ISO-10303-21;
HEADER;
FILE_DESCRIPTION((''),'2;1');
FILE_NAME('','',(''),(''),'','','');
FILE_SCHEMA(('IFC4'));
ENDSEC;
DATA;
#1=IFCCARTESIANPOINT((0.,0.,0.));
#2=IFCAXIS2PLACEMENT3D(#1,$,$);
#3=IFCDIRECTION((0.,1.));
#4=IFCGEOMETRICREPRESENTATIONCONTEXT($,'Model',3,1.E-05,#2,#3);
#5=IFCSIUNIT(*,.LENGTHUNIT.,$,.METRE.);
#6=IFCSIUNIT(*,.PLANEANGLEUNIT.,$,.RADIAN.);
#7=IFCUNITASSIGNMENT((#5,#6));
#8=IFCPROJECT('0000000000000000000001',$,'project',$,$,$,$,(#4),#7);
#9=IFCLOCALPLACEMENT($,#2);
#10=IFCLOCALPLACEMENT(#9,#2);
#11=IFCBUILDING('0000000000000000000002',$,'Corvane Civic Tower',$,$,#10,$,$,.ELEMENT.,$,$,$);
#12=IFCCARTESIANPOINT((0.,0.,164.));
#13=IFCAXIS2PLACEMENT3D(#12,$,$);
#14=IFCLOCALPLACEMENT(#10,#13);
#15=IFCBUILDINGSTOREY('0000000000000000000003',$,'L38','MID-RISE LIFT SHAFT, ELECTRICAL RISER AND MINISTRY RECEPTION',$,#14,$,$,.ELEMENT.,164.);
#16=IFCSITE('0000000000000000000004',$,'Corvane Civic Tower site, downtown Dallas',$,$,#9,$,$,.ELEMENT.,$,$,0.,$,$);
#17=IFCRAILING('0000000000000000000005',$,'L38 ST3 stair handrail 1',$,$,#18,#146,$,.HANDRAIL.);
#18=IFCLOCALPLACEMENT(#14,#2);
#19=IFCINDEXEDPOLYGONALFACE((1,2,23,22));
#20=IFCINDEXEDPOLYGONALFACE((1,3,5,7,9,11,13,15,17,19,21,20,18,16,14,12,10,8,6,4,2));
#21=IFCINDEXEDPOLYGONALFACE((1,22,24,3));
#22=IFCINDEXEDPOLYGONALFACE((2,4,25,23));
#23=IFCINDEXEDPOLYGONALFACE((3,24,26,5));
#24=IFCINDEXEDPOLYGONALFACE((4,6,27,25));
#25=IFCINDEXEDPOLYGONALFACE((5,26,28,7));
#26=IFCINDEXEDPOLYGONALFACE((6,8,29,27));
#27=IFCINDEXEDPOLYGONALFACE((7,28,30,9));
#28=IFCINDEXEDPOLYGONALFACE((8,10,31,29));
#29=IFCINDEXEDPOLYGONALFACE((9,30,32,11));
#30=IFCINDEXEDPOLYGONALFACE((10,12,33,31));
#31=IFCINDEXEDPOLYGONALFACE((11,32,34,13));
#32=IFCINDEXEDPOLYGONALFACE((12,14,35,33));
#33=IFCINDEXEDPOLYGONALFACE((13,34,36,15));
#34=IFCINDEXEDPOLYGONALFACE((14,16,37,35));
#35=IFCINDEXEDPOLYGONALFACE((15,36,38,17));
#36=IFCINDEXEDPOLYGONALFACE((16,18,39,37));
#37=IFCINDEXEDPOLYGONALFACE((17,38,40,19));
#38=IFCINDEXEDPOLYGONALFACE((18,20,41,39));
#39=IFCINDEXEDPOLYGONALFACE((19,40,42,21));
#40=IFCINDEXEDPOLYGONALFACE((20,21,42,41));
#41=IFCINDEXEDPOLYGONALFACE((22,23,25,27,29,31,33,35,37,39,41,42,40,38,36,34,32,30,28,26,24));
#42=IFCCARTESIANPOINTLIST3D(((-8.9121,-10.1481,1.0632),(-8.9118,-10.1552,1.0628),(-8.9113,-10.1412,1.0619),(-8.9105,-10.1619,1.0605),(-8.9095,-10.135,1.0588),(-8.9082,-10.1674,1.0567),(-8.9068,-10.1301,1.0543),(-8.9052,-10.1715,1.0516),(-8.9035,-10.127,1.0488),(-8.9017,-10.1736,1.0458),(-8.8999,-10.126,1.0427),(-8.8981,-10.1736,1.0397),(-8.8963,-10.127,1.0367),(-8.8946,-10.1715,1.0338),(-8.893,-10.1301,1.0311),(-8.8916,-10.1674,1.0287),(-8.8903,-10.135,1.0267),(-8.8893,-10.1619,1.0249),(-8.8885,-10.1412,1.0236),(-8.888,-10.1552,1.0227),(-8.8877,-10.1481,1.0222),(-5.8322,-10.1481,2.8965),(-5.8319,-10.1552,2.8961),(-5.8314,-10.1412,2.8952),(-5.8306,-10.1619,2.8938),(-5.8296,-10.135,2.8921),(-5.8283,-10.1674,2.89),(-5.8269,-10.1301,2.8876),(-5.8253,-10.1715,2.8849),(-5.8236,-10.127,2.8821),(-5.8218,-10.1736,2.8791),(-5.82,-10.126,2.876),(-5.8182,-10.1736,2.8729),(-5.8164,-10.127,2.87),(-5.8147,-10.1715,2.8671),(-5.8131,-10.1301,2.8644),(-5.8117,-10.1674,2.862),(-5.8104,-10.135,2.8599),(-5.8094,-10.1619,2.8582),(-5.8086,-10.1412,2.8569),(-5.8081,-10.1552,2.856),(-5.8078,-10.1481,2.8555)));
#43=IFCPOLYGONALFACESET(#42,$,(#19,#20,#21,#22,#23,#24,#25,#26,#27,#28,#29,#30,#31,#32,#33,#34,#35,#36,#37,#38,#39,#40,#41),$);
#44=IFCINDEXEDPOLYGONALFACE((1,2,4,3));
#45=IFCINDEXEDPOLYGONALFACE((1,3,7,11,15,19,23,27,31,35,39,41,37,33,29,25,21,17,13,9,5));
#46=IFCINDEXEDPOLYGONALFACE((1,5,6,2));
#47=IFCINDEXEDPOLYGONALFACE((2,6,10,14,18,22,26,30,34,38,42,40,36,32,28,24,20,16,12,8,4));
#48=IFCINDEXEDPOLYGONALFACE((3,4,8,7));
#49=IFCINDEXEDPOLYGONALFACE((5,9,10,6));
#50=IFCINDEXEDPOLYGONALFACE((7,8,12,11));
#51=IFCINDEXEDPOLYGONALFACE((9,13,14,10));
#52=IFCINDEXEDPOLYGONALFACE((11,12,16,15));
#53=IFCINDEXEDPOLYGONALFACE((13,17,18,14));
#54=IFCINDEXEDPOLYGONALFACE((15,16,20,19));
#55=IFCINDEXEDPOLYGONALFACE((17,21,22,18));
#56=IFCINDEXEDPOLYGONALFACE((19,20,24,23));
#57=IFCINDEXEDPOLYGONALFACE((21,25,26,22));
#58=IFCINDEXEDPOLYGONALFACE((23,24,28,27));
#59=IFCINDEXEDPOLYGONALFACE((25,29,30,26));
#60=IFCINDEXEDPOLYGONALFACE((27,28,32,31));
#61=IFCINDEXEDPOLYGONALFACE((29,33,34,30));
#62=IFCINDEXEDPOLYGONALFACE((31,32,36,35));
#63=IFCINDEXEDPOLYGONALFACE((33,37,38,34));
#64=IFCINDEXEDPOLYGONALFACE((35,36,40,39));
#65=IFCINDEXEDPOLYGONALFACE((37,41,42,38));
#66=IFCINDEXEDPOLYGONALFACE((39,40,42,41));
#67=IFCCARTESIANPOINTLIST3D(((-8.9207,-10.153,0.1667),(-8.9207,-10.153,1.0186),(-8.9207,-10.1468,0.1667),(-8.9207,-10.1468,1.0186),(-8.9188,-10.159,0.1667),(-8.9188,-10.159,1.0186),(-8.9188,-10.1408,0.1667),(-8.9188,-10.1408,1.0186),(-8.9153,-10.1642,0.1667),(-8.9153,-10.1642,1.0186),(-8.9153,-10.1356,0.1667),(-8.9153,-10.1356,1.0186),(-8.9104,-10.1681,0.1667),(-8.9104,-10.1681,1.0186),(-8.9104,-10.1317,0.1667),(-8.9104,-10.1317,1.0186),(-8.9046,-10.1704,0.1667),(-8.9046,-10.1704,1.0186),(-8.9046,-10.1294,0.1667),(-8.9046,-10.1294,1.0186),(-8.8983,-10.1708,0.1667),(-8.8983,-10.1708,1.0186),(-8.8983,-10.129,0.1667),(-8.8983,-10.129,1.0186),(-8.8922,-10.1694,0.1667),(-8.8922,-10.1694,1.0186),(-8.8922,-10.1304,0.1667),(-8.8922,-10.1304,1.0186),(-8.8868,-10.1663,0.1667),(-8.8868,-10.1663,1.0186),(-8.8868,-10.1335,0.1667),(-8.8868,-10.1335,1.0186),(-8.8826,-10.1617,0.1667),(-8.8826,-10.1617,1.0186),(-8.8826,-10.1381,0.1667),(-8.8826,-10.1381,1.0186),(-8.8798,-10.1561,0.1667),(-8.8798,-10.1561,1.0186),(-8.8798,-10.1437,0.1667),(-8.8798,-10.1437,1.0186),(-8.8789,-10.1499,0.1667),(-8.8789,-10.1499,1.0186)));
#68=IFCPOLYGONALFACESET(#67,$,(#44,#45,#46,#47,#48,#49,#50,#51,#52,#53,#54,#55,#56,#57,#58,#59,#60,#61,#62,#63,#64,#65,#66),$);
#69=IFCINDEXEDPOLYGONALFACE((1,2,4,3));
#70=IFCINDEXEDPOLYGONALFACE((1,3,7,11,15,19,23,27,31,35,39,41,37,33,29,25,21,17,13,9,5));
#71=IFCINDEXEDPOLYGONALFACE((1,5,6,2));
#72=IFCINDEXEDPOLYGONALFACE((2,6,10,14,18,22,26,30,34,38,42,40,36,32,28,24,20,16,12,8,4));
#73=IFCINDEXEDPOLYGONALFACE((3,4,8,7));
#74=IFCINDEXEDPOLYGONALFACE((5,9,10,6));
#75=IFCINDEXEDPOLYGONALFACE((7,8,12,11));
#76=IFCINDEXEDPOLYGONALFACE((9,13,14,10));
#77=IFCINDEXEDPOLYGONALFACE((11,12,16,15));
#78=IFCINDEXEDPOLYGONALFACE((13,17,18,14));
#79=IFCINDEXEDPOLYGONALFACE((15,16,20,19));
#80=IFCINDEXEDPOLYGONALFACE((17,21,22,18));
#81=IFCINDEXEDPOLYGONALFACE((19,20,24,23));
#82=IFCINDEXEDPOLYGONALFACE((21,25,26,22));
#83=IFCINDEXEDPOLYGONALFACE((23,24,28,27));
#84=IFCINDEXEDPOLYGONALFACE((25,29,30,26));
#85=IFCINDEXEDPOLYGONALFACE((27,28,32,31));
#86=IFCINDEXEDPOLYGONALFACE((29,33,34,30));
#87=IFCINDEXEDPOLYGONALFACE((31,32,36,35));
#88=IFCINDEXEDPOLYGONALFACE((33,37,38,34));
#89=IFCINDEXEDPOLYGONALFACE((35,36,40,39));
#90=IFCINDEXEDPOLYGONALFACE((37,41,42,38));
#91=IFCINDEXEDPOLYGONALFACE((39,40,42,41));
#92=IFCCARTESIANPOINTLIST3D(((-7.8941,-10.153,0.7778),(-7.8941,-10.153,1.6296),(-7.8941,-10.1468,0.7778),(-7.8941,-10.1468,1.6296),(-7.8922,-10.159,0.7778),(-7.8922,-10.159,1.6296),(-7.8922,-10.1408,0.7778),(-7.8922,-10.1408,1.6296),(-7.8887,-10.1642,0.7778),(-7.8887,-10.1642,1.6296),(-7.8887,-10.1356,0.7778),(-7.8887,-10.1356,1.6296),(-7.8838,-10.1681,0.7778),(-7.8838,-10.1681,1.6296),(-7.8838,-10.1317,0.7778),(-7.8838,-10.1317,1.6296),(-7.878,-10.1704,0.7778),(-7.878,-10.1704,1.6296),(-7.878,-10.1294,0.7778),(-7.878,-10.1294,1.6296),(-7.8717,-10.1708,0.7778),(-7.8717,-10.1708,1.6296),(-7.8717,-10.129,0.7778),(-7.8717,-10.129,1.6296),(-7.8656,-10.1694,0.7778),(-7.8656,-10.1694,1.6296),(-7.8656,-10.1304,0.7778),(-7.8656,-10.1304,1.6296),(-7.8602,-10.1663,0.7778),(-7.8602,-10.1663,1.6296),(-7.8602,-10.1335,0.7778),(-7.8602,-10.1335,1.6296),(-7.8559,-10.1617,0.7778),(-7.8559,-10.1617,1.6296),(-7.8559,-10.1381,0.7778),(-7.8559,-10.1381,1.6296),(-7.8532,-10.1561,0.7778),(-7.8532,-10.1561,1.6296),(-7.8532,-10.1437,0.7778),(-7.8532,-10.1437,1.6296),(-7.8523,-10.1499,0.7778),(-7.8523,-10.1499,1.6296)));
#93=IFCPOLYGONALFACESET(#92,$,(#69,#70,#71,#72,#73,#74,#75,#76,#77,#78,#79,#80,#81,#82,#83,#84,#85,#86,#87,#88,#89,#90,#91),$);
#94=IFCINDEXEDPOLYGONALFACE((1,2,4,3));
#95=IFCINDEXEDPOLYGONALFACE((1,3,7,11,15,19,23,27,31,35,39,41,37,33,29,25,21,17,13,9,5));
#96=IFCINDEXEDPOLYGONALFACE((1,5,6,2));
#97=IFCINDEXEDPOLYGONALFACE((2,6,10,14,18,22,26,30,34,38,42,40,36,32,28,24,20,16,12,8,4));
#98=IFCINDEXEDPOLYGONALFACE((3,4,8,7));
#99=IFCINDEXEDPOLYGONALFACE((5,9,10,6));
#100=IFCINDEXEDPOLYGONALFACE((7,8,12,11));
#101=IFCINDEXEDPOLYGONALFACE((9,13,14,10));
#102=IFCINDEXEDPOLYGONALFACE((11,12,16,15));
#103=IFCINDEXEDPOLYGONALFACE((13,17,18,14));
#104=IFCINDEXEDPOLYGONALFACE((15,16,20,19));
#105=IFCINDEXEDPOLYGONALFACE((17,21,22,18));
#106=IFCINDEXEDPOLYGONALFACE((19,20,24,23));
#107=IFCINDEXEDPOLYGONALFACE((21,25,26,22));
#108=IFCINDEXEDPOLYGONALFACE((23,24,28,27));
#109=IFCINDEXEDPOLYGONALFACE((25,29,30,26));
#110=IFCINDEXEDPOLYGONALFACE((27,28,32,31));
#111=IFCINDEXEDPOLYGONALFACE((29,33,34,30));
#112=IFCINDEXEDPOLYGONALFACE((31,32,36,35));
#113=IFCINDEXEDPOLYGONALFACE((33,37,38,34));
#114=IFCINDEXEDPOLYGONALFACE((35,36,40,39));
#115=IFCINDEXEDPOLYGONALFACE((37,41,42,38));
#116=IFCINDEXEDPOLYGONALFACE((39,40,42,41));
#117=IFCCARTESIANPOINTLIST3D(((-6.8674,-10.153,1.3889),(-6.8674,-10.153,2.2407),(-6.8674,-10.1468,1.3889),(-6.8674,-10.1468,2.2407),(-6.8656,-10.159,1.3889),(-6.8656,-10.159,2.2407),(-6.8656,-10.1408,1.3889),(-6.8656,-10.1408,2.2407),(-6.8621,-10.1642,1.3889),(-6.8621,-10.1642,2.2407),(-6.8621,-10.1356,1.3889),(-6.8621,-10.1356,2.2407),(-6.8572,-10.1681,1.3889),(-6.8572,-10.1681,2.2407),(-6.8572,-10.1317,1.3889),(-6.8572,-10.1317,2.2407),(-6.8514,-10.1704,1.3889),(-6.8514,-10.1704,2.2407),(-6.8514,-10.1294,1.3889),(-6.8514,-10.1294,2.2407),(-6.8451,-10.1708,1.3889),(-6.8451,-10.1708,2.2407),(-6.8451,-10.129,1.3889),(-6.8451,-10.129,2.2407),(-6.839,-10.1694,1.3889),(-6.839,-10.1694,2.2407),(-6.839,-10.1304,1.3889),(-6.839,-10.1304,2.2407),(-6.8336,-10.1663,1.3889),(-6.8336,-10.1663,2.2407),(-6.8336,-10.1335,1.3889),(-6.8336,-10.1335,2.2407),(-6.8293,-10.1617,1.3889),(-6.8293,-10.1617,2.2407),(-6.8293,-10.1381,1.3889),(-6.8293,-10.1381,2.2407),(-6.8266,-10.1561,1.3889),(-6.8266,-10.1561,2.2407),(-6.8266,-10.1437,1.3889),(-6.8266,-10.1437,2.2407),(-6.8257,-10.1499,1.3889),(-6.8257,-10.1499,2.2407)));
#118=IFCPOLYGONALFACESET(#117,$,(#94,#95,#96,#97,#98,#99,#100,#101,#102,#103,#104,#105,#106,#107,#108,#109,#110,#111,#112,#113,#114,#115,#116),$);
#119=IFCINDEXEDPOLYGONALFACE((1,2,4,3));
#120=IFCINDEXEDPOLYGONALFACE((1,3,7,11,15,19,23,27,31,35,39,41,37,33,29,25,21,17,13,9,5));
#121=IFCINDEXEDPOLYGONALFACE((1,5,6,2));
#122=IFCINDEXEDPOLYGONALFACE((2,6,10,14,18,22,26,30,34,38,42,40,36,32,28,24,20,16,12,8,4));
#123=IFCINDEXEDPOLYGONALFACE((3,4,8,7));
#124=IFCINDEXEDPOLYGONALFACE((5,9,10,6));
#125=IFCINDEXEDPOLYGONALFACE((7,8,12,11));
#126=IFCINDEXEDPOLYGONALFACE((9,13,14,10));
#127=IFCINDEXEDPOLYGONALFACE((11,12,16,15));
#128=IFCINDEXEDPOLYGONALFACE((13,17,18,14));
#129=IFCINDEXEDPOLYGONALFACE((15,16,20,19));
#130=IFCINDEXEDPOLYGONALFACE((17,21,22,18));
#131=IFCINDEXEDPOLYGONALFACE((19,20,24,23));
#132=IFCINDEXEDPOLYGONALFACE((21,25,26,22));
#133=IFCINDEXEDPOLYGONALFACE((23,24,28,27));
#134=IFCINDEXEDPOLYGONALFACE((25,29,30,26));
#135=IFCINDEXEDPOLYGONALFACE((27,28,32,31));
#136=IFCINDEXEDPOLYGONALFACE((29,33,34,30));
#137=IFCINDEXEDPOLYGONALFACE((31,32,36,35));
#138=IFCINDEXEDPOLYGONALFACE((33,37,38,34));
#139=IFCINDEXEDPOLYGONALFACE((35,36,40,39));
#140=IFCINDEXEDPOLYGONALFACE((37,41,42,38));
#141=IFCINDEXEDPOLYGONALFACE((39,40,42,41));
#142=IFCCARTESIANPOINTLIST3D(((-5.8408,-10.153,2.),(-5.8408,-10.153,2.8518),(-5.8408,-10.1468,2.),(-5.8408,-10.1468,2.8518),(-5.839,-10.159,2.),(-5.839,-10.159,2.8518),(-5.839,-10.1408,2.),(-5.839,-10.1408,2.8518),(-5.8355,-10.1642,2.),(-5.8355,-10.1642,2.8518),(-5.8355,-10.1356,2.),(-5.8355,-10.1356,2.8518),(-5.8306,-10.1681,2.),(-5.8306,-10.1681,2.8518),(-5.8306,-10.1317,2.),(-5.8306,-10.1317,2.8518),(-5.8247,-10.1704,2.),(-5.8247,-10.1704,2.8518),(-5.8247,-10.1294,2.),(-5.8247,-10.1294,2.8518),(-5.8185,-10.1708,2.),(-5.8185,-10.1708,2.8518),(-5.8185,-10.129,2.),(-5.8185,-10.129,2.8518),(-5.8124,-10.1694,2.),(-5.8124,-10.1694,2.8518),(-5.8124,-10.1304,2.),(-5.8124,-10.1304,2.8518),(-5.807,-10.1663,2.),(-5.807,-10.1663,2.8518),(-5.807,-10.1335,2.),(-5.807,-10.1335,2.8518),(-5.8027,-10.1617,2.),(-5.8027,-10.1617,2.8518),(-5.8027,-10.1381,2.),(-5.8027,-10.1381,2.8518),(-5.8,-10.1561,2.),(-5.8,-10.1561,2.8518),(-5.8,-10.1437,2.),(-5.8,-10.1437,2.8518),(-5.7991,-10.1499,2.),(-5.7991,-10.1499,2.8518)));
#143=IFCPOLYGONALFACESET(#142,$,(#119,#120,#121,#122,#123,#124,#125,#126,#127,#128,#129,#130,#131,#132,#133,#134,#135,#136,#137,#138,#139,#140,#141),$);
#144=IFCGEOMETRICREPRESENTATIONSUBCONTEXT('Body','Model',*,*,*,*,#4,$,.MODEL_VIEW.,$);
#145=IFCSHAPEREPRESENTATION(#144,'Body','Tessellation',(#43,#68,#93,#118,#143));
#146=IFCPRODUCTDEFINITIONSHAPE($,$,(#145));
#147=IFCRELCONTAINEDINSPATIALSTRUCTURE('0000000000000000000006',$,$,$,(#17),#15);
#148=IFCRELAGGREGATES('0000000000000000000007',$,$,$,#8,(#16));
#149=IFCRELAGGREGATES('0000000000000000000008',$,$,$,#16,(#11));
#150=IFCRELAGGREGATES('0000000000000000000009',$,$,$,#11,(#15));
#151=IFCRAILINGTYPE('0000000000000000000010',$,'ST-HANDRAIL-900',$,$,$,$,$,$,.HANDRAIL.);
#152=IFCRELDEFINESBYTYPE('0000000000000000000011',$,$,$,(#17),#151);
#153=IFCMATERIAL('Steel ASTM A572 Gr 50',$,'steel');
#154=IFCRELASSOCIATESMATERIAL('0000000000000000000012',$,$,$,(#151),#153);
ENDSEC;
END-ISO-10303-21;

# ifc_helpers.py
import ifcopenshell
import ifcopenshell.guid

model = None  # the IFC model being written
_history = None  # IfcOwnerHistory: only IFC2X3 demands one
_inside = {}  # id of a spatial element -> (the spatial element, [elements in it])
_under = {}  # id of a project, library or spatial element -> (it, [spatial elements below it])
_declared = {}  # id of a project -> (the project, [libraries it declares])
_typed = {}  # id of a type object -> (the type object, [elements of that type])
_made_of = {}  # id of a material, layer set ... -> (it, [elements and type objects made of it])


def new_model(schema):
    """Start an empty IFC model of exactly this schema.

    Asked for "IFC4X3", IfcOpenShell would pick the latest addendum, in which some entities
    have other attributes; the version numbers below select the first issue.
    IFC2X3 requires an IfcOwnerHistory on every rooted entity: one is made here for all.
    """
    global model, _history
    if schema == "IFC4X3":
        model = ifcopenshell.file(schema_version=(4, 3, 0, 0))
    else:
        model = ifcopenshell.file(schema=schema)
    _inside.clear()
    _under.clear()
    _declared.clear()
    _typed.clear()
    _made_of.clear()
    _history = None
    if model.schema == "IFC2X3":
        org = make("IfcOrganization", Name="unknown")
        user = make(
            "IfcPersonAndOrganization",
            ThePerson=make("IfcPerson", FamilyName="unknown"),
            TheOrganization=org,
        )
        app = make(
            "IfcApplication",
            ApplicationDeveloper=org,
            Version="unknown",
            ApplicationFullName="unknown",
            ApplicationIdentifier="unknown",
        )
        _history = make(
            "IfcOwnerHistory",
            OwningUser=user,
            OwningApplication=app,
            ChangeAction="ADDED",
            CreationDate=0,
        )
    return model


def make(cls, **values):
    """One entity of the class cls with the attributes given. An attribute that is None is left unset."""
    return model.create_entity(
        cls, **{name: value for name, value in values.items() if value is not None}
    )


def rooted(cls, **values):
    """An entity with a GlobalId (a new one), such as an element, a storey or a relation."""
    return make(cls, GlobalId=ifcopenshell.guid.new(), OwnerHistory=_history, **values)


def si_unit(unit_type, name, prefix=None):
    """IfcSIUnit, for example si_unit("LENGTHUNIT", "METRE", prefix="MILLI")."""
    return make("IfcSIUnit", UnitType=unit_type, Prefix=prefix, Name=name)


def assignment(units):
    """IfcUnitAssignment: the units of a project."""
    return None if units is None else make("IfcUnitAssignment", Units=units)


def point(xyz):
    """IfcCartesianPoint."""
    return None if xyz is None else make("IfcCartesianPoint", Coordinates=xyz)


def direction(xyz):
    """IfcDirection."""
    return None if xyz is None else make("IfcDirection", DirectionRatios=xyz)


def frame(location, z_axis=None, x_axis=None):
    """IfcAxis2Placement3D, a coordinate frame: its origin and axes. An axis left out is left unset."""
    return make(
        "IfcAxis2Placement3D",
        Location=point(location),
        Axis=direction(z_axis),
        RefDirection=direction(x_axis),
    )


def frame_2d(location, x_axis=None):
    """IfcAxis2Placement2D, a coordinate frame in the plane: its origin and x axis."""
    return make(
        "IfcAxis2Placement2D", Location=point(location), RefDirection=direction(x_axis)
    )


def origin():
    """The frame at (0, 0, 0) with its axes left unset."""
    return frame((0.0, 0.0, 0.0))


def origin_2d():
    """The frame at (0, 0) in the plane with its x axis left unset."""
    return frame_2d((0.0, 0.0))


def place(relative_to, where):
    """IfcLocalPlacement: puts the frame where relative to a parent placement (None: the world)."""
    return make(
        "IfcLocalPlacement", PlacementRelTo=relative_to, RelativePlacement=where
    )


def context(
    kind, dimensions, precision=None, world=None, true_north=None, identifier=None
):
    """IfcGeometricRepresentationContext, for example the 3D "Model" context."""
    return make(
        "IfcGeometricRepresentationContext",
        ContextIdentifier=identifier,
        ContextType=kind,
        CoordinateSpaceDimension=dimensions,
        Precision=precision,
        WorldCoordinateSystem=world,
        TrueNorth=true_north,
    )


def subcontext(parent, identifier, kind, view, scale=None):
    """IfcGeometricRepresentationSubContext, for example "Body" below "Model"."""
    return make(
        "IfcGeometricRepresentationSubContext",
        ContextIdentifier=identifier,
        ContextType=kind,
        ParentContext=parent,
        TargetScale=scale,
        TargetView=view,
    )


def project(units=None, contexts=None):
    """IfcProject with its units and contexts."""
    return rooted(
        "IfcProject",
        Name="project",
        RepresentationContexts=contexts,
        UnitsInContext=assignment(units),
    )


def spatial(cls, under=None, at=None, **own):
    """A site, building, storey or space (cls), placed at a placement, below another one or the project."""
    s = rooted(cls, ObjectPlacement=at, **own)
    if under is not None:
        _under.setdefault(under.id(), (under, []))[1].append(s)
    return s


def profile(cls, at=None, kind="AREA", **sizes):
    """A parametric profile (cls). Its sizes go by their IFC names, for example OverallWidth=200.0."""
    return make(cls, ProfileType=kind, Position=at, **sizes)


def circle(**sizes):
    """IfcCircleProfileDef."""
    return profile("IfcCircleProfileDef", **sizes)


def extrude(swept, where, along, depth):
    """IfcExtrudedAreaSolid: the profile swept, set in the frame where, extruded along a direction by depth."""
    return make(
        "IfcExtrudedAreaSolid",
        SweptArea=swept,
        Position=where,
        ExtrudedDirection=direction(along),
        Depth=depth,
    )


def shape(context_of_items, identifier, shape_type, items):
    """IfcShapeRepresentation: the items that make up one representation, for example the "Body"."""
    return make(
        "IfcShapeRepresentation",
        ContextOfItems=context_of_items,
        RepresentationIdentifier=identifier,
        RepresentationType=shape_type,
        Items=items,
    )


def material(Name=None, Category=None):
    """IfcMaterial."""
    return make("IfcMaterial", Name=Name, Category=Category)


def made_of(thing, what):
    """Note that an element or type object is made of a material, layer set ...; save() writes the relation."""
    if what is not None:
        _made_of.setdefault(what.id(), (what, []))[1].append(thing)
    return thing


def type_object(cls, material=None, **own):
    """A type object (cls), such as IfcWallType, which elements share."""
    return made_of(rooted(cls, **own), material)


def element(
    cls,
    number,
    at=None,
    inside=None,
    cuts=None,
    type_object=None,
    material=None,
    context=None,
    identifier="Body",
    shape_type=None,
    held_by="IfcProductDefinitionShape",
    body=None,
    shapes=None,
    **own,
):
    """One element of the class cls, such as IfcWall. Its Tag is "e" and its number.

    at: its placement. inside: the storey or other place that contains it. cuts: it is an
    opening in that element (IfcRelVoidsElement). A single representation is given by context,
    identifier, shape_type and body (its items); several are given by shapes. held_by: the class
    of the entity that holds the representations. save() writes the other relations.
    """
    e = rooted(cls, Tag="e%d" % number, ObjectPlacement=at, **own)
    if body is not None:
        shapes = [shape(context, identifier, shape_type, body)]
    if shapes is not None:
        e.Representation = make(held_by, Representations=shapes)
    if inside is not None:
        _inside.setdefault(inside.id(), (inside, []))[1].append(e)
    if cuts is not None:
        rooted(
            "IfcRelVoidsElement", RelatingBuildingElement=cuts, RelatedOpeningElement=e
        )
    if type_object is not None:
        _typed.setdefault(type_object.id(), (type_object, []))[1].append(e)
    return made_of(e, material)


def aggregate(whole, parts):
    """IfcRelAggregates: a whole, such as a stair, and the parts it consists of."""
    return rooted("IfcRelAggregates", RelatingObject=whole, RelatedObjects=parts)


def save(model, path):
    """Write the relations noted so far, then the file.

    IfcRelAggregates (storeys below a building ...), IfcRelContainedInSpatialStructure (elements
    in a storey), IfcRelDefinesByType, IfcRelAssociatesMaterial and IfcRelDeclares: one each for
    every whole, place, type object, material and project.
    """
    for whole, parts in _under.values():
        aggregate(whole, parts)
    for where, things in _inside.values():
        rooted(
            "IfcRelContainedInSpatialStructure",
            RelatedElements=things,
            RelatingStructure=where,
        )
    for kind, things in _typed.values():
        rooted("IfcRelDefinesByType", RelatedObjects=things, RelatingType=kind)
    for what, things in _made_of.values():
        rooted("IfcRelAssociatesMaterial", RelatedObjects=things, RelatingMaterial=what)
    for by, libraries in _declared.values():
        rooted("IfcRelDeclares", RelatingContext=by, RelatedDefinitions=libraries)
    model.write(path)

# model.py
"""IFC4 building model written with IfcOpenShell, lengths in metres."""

from ifc_helpers import new_model, si_unit, direction, frame, origin, origin_2d, place, context, subcontext, project, spatial, circle, extrude, material, type_object, element, save


model = new_model("IFC4")

# Units and contexts
model_context = context("Model", 3, precision=1e-05, world=origin(), true_north=direction((0.0, 1.0)))
body_context = subcontext(model_context, "Body", "Model", "MODEL_VIEW")
ifc_project = project(units=[si_unit("LENGTHUNIT", "METRE"), si_unit("PLANEANGLEUNIT", "RADIAN")], contexts=[model_context])

# Site, building, storey
site_placement = place(None, origin())
site = spatial("IfcSite", under=ifc_project, at=site_placement, Name="Corvane Civic Tower site, downtown Dallas", CompositionType="ELEMENT", RefElevation=0.0)
building_placement = place(site_placement, origin())
building = spatial("IfcBuilding", under=site, at=building_placement, Name="Corvane Civic Tower", CompositionType="ELEMENT")
storey_placement = place(building_placement, frame((0.0, 0.0, 164.0)))
storey = spatial("IfcBuildingStorey", under=building, at=storey_placement, Name="L38", Description="MID-RISE LIFT SHAFT, ELECTRICAL RISER AND MINISTRY RECEPTION", CompositionType="ELEMENT", Elevation=164.0)

# Railing
ifc_material_1 = material(Name="Steel ASTM A572 Gr 50", Category="steel")
railing_type_1 = type_object("IfcRailingType", Name="ST-HANDRAIL-900", PredefinedType="HANDRAIL", material=ifc_material_1)
railing_1_placement = place(storey_placement, frame((-8.8999, -10.1499, 0.1667)))
element("IfcRailing", 1, at=railing_1_placement, inside=storey, type_object=railing_type_1, Name="L38 ST3 stair handrail 1", PredefinedType="HANDRAIL", context=body_context, shape_type="SweptSolid", body=[
    extrude(circle(Radius=0.0239, at=origin_2d()), frame((0.0, 0.0, 0.876), z_axis=(0.859291, 0.0, 0.511487), x_axis=(0.0, 1.0, 0.0)), (0.0, 0.0, 1.0), 3.5842),
    extrude(circle(Radius=0.021, at=origin_2d()), origin(), (0.0, 0.0, 1.0), 0.8518),
    extrude(circle(Radius=0.021, at=origin_2d()), frame((1.0266, 0.0, 0.6111)), (0.0, 0.0, 1.0), 0.8518),
    extrude(circle(Radius=0.021, at=origin_2d()), frame((2.0532, 0.0, 1.2222)), (0.0, 0.0, 1.0), 0.8518),
    extrude(circle(Radius=0.021, at=origin_2d()), frame((3.0798, 0.0, 1.8333)), (0.0, 0.0, 1.0), 0.8518),
])

save(model, "model.ifc")
